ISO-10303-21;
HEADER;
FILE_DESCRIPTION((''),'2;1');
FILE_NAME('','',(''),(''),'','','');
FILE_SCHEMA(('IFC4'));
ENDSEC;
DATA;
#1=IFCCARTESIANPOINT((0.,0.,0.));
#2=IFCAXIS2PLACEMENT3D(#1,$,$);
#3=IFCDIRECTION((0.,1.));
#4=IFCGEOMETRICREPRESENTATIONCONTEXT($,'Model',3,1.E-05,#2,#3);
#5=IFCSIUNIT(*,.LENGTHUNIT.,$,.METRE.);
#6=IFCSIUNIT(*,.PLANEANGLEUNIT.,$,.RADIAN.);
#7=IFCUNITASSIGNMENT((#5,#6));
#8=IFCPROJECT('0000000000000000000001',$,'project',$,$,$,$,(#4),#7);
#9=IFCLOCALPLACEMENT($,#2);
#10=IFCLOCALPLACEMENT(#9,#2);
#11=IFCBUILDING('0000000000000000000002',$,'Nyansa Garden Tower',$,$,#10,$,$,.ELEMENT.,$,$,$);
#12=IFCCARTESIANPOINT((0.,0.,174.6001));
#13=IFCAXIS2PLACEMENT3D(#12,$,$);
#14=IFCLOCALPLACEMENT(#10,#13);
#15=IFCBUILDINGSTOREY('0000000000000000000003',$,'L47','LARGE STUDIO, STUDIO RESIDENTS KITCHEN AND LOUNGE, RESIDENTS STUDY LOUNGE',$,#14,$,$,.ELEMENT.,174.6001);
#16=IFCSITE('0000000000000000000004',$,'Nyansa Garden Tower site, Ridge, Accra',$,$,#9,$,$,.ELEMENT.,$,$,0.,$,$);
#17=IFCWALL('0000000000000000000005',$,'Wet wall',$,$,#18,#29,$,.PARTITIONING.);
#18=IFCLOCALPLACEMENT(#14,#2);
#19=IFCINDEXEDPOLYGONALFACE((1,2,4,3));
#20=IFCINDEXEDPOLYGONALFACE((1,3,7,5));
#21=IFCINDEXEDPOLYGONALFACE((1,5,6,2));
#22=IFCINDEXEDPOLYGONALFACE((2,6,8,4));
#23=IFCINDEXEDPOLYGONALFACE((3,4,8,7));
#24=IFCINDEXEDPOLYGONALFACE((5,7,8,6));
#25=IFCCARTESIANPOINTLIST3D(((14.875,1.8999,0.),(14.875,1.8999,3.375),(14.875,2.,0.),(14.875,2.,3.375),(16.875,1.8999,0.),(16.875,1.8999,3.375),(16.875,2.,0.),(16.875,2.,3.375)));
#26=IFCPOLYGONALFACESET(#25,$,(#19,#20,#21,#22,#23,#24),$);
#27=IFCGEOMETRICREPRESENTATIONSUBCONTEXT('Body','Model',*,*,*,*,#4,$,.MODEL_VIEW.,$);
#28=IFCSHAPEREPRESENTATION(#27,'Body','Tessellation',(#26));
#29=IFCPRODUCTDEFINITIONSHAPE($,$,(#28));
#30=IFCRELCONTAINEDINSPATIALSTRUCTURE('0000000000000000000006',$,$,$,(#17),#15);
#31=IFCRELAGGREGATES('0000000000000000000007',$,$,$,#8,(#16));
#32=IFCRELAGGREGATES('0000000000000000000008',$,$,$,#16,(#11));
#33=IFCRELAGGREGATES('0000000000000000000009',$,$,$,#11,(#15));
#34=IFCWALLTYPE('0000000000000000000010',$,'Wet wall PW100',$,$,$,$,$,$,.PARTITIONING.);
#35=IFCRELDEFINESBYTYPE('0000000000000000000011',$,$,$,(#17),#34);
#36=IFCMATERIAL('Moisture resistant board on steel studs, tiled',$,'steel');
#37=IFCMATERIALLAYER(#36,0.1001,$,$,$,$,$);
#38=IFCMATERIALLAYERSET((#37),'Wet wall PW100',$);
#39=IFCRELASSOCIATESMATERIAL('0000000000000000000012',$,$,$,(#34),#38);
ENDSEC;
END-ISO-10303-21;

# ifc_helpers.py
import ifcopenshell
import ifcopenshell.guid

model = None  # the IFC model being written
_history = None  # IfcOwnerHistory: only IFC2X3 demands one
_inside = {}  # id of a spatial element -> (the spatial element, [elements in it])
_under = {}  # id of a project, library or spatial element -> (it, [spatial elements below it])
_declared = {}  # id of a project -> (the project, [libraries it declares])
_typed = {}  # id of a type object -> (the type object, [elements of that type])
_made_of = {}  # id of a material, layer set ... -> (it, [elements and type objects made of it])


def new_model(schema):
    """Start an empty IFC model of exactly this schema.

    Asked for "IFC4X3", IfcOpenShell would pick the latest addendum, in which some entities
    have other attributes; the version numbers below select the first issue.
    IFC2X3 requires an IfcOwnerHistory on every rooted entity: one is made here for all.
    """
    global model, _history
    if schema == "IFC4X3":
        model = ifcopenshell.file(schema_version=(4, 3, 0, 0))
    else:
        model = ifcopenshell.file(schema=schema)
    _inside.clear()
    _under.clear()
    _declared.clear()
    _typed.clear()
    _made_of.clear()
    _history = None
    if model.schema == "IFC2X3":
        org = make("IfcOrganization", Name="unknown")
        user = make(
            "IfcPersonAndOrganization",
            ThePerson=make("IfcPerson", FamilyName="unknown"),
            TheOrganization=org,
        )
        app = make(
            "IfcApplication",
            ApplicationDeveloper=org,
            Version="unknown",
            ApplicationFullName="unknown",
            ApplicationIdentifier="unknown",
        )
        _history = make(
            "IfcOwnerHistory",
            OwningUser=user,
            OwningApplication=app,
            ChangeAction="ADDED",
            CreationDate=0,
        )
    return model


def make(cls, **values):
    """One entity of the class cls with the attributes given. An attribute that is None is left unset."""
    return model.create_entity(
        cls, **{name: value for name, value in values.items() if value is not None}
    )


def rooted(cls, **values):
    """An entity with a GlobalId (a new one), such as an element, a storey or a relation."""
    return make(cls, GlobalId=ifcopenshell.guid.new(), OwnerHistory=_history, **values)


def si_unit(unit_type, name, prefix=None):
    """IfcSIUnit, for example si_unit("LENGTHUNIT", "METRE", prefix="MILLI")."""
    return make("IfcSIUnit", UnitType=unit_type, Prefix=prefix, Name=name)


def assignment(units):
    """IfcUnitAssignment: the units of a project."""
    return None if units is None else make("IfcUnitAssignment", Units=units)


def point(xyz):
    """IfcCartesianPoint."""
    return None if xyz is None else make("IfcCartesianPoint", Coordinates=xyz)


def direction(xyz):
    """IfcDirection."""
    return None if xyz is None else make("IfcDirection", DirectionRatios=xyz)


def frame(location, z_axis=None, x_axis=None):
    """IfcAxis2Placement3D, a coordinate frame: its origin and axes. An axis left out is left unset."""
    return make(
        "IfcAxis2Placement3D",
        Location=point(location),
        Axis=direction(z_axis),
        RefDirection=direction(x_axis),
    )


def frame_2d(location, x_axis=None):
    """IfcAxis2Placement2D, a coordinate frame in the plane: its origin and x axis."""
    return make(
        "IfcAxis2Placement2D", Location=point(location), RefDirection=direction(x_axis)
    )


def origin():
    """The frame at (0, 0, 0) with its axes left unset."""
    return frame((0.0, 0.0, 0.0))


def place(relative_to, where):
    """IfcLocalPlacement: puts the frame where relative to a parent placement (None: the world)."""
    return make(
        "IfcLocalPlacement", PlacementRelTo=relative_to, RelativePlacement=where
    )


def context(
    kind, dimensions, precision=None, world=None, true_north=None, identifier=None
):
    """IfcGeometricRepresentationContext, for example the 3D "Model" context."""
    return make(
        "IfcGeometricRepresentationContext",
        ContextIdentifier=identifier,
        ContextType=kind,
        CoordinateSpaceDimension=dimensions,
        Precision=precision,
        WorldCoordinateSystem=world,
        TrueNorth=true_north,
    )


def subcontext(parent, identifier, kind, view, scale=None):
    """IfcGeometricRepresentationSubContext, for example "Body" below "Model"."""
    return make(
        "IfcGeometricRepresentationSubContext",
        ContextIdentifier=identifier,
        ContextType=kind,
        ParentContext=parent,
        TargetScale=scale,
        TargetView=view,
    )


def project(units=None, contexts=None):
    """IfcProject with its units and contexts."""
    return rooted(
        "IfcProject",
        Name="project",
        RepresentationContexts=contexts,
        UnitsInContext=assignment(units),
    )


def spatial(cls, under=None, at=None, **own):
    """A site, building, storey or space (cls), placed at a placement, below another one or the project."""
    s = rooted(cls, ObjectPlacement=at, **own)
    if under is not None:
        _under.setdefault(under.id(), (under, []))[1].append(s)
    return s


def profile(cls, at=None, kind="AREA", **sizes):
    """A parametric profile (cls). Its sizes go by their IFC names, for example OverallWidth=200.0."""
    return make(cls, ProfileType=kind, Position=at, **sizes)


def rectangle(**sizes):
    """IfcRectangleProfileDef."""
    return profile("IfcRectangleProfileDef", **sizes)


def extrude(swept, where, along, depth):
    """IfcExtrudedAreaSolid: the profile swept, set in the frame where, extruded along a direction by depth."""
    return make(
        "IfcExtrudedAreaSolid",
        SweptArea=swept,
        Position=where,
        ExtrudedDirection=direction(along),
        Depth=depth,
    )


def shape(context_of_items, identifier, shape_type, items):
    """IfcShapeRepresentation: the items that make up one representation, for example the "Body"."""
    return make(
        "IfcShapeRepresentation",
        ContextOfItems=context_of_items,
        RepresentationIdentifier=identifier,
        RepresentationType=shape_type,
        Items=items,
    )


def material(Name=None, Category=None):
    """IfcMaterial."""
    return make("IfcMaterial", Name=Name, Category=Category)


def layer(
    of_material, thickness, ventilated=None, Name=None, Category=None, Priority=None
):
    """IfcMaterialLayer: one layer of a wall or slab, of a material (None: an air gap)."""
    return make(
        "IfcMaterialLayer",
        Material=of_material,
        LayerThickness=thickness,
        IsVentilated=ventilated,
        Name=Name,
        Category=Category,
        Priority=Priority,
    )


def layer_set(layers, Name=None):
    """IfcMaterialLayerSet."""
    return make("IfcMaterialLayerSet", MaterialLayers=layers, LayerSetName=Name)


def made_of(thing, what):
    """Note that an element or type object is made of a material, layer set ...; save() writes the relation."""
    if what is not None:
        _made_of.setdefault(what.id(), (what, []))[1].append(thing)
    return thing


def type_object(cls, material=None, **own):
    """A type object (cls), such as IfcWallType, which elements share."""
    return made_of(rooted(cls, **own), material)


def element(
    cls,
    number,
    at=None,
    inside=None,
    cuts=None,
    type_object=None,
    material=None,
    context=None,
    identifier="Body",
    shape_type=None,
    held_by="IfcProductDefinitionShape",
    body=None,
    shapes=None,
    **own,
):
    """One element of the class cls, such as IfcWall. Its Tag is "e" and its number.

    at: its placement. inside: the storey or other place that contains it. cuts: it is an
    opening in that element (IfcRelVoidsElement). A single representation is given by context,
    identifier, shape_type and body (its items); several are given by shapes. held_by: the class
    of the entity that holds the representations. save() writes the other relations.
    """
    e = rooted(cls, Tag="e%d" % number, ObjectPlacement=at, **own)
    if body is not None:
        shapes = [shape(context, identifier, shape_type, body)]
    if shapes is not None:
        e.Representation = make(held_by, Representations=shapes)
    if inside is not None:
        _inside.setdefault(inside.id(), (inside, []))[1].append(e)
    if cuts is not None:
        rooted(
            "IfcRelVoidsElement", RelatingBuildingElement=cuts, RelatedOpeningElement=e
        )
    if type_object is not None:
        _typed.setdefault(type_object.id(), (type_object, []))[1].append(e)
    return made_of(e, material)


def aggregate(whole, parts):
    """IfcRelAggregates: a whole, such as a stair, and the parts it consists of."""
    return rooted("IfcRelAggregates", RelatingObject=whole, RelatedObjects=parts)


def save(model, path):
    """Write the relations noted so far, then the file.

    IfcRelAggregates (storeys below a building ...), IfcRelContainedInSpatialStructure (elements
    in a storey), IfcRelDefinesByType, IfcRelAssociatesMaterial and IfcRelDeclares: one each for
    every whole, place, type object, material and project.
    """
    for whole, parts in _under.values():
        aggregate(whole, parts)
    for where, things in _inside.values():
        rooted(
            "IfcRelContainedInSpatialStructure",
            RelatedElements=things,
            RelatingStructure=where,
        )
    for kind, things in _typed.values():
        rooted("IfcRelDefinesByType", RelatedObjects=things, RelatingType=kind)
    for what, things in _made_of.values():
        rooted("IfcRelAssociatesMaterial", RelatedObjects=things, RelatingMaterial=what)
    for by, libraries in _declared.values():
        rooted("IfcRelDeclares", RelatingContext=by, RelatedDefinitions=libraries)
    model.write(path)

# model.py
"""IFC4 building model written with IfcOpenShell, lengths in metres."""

from ifc_helpers import new_model, si_unit, direction, frame, frame_2d, origin, place, context, subcontext, project, spatial, rectangle, extrude, material, layer, layer_set, type_object, element, save


model = new_model("IFC4")

# Units and contexts
model_context = context("Model", 3, precision=1e-05, world=origin(), true_north=direction((0.0, 1.0)))
body_context = subcontext(model_context, "Body", "Model", "MODEL_VIEW")
ifc_project = project(units=[si_unit("LENGTHUNIT", "METRE"), si_unit("PLANEANGLEUNIT", "RADIAN")], contexts=[model_context])

# Site, building, storey
site_placement = place(None, origin())
site = spatial("IfcSite", under=ifc_project, at=site_placement, Name="Nyansa Garden Tower site, Ridge, Accra", CompositionType="ELEMENT", RefElevation=0.0)
building_placement = place(site_placement, origin())
building = spatial("IfcBuilding", under=site, at=building_placement, Name="Nyansa Garden Tower", CompositionType="ELEMENT")
storey_placement = place(building_placement, frame((0.0, 0.0, 174.6001)))
storey = spatial("IfcBuildingStorey", under=building, at=storey_placement, Name="L47", Description="LARGE STUDIO, STUDIO RESIDENTS KITCHEN AND LOUNGE, RESIDENTS STUDY LOUNGE", CompositionType="ELEMENT", Elevation=174.6001)

# Shared definitions
ifc_material_1 = material(Name="Moisture resistant board on steel studs, tiled", Category="steel")
ifc_layer_1 = layer(ifc_material_1, 0.1001)
ifc_layer_set_1 = layer_set([ifc_layer_1], Name="Wet wall PW100")
wall_type_1 = type_object("IfcWallType", Name="Wet wall PW100", PredefinedType="PARTITIONING", material=ifc_layer_set_1)

# Wall
wall_1_placement = place(storey_placement, frame((14.875, 1.95, 0.0), z_axis=(0.0, 0.0, 1.0), x_axis=(1.0, 0.0, 0.0)))
element("IfcWall", 1, at=wall_1_placement, inside=storey, type_object=wall_type_1, Name="Wet wall", PredefinedType="PARTITIONING", context=body_context, shape_type="SweptSolid", body=[
    extrude(rectangle(XDim=2.0, YDim=0.1001, at=frame_2d((1.0, 0.0))), origin(), (0.0, 0.0, 1.0), 3.375),
])

save(model, "model.ifc")
